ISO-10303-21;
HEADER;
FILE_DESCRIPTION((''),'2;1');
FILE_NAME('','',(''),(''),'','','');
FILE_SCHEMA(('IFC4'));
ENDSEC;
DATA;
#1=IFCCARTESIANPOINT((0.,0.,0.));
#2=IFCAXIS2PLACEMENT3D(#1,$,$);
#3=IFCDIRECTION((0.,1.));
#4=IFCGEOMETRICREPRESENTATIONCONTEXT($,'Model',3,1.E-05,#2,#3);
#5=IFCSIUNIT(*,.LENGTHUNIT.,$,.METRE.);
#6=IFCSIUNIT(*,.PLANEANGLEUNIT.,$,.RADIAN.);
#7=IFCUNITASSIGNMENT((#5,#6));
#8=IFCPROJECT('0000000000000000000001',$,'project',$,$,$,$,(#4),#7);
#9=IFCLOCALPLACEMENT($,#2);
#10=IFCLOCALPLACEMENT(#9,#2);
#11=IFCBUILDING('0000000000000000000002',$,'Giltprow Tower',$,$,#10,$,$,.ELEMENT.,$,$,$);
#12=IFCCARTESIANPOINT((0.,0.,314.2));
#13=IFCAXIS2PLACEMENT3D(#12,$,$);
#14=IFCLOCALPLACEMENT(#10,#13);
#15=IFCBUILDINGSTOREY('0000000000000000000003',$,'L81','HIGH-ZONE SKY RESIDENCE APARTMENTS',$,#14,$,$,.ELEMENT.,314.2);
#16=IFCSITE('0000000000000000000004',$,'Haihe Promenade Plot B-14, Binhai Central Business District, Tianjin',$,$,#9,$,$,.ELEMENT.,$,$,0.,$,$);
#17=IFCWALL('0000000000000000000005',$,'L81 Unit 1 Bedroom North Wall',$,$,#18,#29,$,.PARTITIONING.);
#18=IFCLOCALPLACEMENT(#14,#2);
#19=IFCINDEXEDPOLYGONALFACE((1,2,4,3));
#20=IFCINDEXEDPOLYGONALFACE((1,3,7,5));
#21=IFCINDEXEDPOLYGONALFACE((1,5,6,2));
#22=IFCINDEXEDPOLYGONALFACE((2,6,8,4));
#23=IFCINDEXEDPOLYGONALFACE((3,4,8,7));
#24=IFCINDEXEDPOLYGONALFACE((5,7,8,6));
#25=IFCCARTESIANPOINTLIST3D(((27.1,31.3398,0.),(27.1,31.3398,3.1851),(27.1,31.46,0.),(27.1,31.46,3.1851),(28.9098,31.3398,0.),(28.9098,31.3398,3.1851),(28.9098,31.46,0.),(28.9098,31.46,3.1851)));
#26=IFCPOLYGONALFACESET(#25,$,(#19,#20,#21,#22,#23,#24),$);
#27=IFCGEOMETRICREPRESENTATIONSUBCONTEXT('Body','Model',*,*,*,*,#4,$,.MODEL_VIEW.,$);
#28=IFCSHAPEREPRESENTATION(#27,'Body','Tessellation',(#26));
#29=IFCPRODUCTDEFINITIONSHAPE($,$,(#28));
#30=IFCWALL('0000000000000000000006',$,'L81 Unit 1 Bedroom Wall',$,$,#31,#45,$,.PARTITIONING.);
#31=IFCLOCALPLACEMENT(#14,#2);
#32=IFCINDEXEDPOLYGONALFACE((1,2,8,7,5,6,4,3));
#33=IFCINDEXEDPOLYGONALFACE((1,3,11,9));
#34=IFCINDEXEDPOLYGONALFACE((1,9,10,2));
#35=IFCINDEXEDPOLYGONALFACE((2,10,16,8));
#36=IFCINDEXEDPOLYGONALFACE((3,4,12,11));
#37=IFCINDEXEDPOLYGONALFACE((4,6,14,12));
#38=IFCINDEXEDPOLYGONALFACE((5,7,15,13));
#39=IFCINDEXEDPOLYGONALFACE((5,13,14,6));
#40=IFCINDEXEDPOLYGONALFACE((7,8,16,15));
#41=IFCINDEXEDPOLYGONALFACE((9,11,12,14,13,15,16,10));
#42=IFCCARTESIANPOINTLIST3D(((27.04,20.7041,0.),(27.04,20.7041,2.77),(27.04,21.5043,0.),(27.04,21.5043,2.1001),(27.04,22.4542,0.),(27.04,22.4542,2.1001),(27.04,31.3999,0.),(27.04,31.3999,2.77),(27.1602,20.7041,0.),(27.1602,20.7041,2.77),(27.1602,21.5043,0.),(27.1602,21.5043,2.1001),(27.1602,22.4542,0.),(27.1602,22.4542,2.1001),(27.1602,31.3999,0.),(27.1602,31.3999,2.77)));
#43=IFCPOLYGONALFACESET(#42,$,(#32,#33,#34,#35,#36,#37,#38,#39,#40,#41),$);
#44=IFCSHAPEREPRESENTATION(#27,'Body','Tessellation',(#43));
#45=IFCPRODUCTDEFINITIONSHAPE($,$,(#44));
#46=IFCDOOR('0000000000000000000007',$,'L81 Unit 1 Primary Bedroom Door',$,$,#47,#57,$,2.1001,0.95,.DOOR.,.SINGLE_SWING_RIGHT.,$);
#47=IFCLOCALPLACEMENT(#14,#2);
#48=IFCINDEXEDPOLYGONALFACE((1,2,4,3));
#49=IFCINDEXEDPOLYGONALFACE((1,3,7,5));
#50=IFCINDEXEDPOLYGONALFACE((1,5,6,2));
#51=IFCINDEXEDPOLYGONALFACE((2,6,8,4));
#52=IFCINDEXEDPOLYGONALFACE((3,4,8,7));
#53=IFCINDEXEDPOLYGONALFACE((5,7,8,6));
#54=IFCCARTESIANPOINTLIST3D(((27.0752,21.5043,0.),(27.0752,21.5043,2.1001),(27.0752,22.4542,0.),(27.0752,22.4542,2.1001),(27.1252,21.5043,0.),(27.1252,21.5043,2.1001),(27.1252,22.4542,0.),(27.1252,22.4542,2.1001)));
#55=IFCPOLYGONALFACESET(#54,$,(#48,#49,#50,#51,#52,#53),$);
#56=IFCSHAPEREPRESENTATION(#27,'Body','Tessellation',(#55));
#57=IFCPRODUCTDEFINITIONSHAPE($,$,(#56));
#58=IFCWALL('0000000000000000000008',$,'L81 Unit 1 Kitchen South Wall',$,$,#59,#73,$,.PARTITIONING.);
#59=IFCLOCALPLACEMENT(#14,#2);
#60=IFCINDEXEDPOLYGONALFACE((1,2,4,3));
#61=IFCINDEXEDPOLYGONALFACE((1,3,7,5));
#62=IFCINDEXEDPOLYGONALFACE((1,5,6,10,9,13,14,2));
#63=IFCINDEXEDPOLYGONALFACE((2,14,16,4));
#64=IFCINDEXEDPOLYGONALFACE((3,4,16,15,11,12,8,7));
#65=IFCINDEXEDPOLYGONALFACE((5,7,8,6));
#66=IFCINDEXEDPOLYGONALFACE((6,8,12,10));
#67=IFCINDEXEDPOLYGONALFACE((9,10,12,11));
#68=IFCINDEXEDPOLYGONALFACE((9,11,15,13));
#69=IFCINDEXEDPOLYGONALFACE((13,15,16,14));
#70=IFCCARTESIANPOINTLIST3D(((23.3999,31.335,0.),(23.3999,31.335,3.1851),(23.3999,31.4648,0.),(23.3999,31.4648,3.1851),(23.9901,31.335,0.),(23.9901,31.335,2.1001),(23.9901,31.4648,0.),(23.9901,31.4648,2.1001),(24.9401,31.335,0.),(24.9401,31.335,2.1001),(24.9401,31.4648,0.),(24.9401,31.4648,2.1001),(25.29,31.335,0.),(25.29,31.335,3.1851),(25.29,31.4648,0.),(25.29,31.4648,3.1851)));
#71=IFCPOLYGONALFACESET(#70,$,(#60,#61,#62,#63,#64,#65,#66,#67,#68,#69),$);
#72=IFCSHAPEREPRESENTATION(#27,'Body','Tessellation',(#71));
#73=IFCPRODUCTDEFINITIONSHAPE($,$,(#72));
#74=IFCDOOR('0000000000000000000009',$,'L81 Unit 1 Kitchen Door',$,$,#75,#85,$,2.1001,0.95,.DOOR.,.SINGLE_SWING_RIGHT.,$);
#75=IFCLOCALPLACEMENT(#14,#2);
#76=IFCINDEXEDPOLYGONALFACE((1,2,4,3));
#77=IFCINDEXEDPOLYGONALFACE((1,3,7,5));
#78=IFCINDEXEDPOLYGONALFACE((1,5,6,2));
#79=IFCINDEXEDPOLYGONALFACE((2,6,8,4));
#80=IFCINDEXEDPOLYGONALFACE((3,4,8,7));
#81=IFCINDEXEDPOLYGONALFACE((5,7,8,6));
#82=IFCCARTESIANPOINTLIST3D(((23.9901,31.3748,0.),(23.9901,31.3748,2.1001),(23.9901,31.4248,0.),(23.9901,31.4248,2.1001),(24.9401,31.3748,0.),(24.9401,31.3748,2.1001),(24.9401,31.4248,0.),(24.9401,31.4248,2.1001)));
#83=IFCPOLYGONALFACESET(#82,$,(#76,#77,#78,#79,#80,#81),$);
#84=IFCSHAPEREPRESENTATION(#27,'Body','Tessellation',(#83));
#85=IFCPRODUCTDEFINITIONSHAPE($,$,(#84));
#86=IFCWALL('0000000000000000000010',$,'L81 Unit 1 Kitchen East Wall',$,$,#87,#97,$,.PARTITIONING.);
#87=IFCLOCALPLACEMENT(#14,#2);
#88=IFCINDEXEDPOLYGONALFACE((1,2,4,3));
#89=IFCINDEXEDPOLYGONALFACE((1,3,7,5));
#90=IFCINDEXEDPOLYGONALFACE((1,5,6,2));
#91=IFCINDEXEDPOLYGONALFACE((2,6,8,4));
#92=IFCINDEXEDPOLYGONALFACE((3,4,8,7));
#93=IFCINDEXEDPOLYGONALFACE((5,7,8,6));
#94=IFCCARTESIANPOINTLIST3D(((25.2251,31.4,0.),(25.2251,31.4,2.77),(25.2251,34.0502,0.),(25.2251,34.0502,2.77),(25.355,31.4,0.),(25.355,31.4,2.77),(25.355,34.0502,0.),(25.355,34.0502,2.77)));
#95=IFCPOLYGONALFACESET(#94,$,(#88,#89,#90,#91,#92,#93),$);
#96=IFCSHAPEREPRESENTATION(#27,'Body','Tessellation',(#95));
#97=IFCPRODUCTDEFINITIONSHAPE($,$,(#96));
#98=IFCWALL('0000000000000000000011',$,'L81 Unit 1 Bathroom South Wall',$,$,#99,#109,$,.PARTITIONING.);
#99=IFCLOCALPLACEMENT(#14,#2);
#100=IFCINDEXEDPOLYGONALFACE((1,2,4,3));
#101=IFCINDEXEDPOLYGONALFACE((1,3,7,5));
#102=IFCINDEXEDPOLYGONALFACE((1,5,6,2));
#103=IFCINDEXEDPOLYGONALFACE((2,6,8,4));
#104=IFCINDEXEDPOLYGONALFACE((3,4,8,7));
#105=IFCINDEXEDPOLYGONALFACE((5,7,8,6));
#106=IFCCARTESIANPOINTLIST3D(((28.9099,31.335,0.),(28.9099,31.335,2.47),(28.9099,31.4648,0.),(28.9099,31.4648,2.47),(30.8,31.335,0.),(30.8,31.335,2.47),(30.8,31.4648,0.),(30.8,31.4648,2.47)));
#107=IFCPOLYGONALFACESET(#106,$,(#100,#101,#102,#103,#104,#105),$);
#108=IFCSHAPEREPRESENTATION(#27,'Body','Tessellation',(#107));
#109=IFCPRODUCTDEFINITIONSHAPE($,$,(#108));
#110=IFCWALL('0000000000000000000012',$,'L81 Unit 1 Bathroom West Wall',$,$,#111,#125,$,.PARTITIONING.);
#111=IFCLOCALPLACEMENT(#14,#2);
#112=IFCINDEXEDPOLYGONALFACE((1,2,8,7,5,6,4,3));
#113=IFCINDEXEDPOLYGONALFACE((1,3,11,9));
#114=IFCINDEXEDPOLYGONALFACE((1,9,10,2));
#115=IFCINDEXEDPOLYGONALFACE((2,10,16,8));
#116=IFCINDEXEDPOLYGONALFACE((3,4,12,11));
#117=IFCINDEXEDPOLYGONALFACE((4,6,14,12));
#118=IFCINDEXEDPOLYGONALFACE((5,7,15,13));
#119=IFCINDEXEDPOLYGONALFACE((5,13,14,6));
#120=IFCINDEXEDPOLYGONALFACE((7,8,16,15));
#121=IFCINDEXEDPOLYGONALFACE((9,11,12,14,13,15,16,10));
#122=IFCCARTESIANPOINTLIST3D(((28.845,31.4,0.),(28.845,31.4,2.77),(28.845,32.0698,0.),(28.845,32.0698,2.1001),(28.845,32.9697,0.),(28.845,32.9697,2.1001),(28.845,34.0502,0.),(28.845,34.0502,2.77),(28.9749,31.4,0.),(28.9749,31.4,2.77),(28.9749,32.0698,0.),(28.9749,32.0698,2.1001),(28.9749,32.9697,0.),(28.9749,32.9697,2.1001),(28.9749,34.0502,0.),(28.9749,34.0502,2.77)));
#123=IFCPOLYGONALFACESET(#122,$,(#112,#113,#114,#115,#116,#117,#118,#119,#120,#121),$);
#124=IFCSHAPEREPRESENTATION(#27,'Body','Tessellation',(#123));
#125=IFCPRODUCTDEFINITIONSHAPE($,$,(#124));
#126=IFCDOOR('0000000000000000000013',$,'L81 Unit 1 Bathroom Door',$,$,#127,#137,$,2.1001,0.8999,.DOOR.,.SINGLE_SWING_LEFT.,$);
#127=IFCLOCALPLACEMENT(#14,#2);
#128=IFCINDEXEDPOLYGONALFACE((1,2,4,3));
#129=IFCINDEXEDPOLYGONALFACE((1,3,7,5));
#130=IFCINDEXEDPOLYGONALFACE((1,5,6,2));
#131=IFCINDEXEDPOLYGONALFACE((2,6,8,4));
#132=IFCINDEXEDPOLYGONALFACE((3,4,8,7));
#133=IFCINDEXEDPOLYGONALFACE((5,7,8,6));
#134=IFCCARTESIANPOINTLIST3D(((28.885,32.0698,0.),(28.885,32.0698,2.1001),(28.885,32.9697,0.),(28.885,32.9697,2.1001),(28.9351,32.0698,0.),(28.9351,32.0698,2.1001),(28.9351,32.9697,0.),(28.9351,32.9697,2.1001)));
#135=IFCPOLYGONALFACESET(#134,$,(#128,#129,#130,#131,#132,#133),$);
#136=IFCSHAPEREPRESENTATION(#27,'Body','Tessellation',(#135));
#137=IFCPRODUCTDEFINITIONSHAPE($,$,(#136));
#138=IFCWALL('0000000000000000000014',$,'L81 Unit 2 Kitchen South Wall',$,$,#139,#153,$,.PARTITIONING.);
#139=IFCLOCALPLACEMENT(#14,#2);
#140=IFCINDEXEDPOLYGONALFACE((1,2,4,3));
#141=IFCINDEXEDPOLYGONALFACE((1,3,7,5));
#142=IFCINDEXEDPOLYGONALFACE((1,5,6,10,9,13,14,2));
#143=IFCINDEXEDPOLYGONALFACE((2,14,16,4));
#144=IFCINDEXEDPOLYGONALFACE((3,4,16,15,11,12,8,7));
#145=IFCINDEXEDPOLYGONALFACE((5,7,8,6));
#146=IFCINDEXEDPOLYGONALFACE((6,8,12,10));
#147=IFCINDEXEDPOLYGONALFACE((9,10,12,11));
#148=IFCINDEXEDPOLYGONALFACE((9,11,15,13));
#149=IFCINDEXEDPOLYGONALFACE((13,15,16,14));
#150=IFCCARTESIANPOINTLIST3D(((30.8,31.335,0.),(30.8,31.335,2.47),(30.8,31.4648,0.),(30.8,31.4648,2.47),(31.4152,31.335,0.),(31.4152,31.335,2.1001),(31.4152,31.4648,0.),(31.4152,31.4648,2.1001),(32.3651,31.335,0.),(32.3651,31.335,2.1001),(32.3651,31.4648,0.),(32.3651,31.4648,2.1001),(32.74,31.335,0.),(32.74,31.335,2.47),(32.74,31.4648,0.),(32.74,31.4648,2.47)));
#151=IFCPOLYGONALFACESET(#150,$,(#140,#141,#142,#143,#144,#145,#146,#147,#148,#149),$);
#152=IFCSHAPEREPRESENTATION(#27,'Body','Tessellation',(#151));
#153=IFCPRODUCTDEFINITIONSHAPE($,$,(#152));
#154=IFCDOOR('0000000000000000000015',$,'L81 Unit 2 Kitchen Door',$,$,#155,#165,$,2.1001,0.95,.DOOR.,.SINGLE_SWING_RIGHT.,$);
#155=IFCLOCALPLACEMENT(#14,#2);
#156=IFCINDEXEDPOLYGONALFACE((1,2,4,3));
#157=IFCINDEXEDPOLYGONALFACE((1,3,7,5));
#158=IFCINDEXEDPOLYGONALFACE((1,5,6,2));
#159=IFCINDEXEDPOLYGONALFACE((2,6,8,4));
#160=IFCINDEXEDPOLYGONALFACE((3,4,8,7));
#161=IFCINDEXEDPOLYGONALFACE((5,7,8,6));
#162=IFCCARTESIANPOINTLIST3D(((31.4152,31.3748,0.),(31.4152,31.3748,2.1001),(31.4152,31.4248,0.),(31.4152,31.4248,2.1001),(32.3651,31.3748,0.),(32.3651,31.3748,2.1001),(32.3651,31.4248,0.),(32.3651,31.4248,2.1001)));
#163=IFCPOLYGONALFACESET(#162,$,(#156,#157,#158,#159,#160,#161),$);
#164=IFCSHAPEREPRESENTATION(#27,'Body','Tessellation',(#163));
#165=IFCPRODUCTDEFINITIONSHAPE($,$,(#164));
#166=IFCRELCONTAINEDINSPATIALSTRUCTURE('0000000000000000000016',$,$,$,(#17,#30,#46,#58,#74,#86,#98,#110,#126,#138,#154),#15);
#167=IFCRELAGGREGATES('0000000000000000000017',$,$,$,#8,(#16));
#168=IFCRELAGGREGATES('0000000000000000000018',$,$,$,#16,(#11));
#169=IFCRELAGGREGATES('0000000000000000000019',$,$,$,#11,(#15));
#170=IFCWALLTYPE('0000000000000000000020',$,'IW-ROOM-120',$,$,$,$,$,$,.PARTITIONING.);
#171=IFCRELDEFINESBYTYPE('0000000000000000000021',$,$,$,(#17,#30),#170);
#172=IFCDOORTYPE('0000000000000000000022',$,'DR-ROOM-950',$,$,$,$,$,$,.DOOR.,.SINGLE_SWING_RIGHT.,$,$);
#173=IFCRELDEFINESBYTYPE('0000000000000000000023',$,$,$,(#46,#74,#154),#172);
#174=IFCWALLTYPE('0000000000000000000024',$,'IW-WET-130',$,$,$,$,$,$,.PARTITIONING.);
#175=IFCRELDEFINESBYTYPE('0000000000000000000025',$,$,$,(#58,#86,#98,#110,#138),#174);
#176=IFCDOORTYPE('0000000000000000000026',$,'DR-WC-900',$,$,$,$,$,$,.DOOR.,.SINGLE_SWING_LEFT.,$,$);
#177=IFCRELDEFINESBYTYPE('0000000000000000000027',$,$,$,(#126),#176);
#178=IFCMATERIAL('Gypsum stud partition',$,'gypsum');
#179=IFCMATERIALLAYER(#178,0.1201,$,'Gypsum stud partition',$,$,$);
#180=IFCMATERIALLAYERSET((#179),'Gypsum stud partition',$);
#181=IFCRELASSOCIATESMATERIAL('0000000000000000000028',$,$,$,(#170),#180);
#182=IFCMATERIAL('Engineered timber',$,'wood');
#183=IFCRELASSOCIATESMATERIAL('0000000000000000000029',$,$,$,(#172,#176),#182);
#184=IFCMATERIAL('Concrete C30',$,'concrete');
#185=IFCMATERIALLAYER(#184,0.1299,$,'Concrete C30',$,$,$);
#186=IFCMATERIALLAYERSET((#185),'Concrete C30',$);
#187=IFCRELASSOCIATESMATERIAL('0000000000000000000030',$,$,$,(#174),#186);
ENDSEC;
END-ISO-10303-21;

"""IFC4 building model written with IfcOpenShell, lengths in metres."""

from ifc_helpers import new_model, si_unit, direction, frame, frame_2d, origin, place, context, subcontext, project, spatial, rectangle, extrude, source, transform, mapped, material, layer, layer_set, type_object, element, fill, save


model = new_model("IFC4")

# Units and contexts
model_context = context("Model", 3, precision=1e-05, world=origin(), true_north=direction((0.0, 1.0)))
body_context = subcontext(model_context, "Body", "Model", "MODEL_VIEW")
ifc_project = project(units=[si_unit("LENGTHUNIT", "METRE"), si_unit("PLANEANGLEUNIT", "RADIAN")], contexts=[model_context])

# Site, building, storey
site_placement = place(None, origin())
site = spatial("IfcSite", under=ifc_project, at=site_placement, Name="Haihe Promenade Plot B-14, Binhai Central Business District, Tianjin", CompositionType="ELEMENT", RefElevation=0.0)
building_placement = place(site_placement, origin())
building = spatial("IfcBuilding", under=site, at=building_placement, Name="Giltprow Tower", CompositionType="ELEMENT")
storey_placement = place(building_placement, frame((0.0, 0.0, 314.2)))
storey = spatial("IfcBuildingStorey", under=building, at=storey_placement, Name="L81", Description="HIGH-ZONE SKY RESIDENCE APARTMENTS", CompositionType="ELEMENT", Elevation=314.2)

# Wall
ifc_material_1 = material(Name="Gypsum stud partition", Category="gypsum")
ifc_layer_1 = layer(ifc_material_1, 0.1201, Name="Gypsum stud partition")
ifc_layer_set_1 = layer_set([ifc_layer_1], Name="Gypsum stud partition")
wall_type_1 = type_object("IfcWallType", Name="IW-ROOM-120", PredefinedType="PARTITIONING", material=ifc_layer_set_1)
wall_1_placement = place(storey_placement, frame((27.1001, 31.3999, 0.0), z_axis=(0.0, 0.0, 1.0), x_axis=(1.0, 0.0, 0.0)))
element("IfcWall", 1, at=wall_1_placement, inside=storey, type_object=wall_type_1, Name="L81 Unit 1 Bedroom North Wall", PredefinedType="PARTITIONING", context=body_context, shape_type="SweptSolid", body=[
    extrude(rectangle(XDim=1.8098, YDim=0.1201, at=frame_2d((0.9048, 0.0))), origin(), (0.0, 0.0, 1.0), 3.1851),
])

# Walls, openings, doors
wall_2_placement = place(storey_placement, frame((27.1001, 20.7041, 0.0), z_axis=(0.0, 0.0, 1.0), x_axis=(0.0, 1.0, 0.0)))
wall_2 = element("IfcWall", 2, at=wall_2_placement, inside=storey, type_object=wall_type_1, Name="L81 Unit 1 Bedroom Wall", PredefinedType="PARTITIONING", context=body_context, shape_type="SweptSolid", body=[
    extrude(rectangle(XDim=10.6958, YDim=0.1201, at=frame_2d((5.3479, 0.0))), origin(), (0.0, 0.0, 1.0), 2.77),
])
opening_1_placement = place(wall_2_placement, frame((0.8, 0.0, 0.0)))
opening_1 = element("IfcOpeningElement", 3, at=opening_1_placement, cuts=wall_2, PredefinedType="OPENING", context=body_context, shape_type="SweptSolid", body=[
    extrude(rectangle(XDim=0.95, YDim=2.1001, at=frame_2d((0.4751, 1.05))), frame((0.0, 0.0701, 0.0), z_axis=(0.0, -1.0, 0.0), x_axis=(1.0, 0.0, 0.0)), (0.0, 0.0, 1.0), 0.1401),
])
ifc_material_2 = material(Name="Engineered timber", Category="wood")
door_type_1 = type_object("IfcDoorType", Name="DR-ROOM-950", OperationType="SINGLE_SWING_RIGHT", PredefinedType="DOOR", material=ifc_material_2)
shared_shape_1 = source(origin(), body_context, "Body", "SweptSolid", [
    extrude(rectangle(XDim=0.95, YDim=2.1001, at=frame_2d((0.4751, 1.05))), frame((0.0, 0.0249, 0.0), z_axis=(0.0, -1.0, 0.0), x_axis=(1.0, 0.0, 0.0)), (0.0, 0.0, 1.0), 0.05),
])
door_1_placement = place(opening_1_placement, origin())
door_1 = element("IfcDoor", 4, at=door_1_placement, inside=storey, type_object=door_type_1, Name="L81 Unit 1 Primary Bedroom Door", OperationType="SINGLE_SWING_RIGHT", OverallHeight=2.1001, OverallWidth=0.95, PredefinedType="DOOR", context=body_context, shape_type="MappedRepresentation", body=[
    mapped(shared_shape_1, transform((0.0, 0.0, 0.0), x_axis=(1.0, 0.0, 0.0), y_axis=(0.0, 1.0, 0.0), z_axis=(0.0, 0.0, 1.0), scale=1.0)),
])
fill(opening_1, door_1)
ifc_material_3 = material(Name="Concrete C30", Category="concrete")
ifc_layer_2 = layer(ifc_material_3, 0.1299, Name="Concrete C30")
ifc_layer_set_2 = layer_set([ifc_layer_2], Name="Concrete C30")
wall_type_2 = type_object("IfcWallType", Name="IW-WET-130", PredefinedType="PARTITIONING", material=ifc_layer_set_2)
wall_3_placement = place(storey_placement, frame((23.3999, 31.3999, 0.0), z_axis=(0.0, 0.0, 1.0), x_axis=(1.0, 0.0, 0.0)))
wall_3 = element("IfcWall", 5, at=wall_3_placement, inside=storey, type_object=wall_type_2, Name="L81 Unit 1 Kitchen South Wall", PredefinedType="PARTITIONING", context=body_context, shape_type="SweptSolid", body=[
    extrude(rectangle(XDim=1.8901, YDim=0.1299, at=frame_2d((0.9451, 0.0))), origin(), (0.0, 0.0, 1.0), 3.1851),
])
opening_2_placement = place(wall_3_placement, frame((0.5901, 0.0, 0.0)))
opening_2 = element("IfcOpeningElement", 6, at=opening_2_placement, cuts=wall_3, PredefinedType="OPENING", context=body_context, shape_type="SweptSolid", body=[
    extrude(rectangle(XDim=0.95, YDim=2.1001, at=frame_2d((0.4751, 1.05))), frame((0.0, 0.075, 0.0), z_axis=(0.0, -1.0, 0.0), x_axis=(1.0, 0.0, 0.0)), (0.0, 0.0, 1.0), 0.1499),
])
door_2_placement = place(opening_2_placement, origin())
door_2 = element("IfcDoor", 7, at=door_2_placement, inside=storey, type_object=door_type_1, Name="L81 Unit 1 Kitchen Door", OperationType="SINGLE_SWING_RIGHT", OverallHeight=2.1001, OverallWidth=0.95, PredefinedType="DOOR", context=body_context, shape_type="MappedRepresentation", body=[
    mapped(shared_shape_1, transform((0.0, 0.0, 0.0), x_axis=(1.0, 0.0, 0.0), y_axis=(0.0, 1.0, 0.0), z_axis=(0.0, 0.0, 1.0), scale=1.0)),
])
fill(opening_2, door_2)

# Walls
wall_4_placement = place(storey_placement, frame((25.29, 31.3999, 0.0), z_axis=(0.0, 0.0, 1.0), x_axis=(0.0, 1.0, 0.0)))
element("IfcWall", 8, at=wall_4_placement, inside=storey, type_object=wall_type_2, Name="L81 Unit 1 Kitchen East Wall", PredefinedType="PARTITIONING", context=body_context, shape_type="SweptSolid", body=[
    extrude(rectangle(XDim=2.6501, YDim=0.1299, at=frame_2d((1.3252, 0.0))), origin(), (0.0, 0.0, 1.0), 2.77),
])
wall_5_placement = place(storey_placement, frame((28.9099, 31.3999, 0.0), z_axis=(0.0, 0.0, 1.0), x_axis=(1.0, 0.0, 0.0)))
element("IfcWall", 9, at=wall_5_placement, inside=storey, type_object=wall_type_2, Name="L81 Unit 1 Bathroom South Wall", PredefinedType="PARTITIONING", context=body_context, shape_type="SweptSolid", body=[
    extrude(rectangle(XDim=1.8901, YDim=0.1299, at=frame_2d((0.9451, 0.0))), origin(), (0.0, 0.0, 1.0), 2.47),
])

# Walls, openings, doors
wall_6_placement = place(storey_placement, frame((28.9099, 31.3999, 0.0), z_axis=(0.0, 0.0, 1.0), x_axis=(0.0, 1.0, 0.0)))
wall_6 = element("IfcWall", 10, at=wall_6_placement, inside=storey, type_object=wall_type_2, Name="L81 Unit 1 Bathroom West Wall", PredefinedType="PARTITIONING", context=body_context, shape_type="SweptSolid", body=[
    extrude(rectangle(XDim=2.6501, YDim=0.1299, at=frame_2d((1.3252, 0.0))), origin(), (0.0, 0.0, 1.0), 2.77),
])
opening_3_placement = place(wall_6_placement, frame((0.6699, 0.0, 0.0)))
opening_3 = element("IfcOpeningElement", 11, at=opening_3_placement, cuts=wall_6, PredefinedType="OPENING", context=body_context, shape_type="SweptSolid", body=[
    extrude(rectangle(XDim=0.8999, YDim=2.1001, at=frame_2d((0.45, 1.05))), frame((0.0, 0.075, 0.0), z_axis=(0.0, -1.0, 0.0), x_axis=(1.0, 0.0, 0.0)), (0.0, 0.0, 1.0), 0.1499),
])
door_type_2 = type_object("IfcDoorType", Name="DR-WC-900", OperationType="SINGLE_SWING_LEFT", PredefinedType="DOOR", material=ifc_material_2)
shared_shape_2 = source(origin(), body_context, "Body", "SweptSolid", [
    extrude(rectangle(XDim=0.8999, YDim=2.1001, at=frame_2d((0.45, 1.05))), frame((0.0, 0.0249, 0.0), z_axis=(0.0, -1.0, 0.0), x_axis=(1.0, 0.0, 0.0)), (0.0, 0.0, 1.0), 0.05),
])
door_3_placement = place(opening_3_placement, origin())
door_3 = element("IfcDoor", 12, at=door_3_placement, inside=storey, type_object=door_type_2, Name="L81 Unit 1 Bathroom Door", OperationType="SINGLE_SWING_LEFT", OverallHeight=2.1001, OverallWidth=0.8999, PredefinedType="DOOR", context=body_context, shape_type="MappedRepresentation", body=[
    mapped(shared_shape_2, transform((0.0, 0.0, 0.0), x_axis=(1.0, 0.0, 0.0), y_axis=(0.0, 1.0, 0.0), z_axis=(0.0, 0.0, 1.0), scale=1.0)),
])
fill(opening_3, door_3)
wall_7_placement = place(storey_placement, frame((30.8, 31.3999, 0.0), z_axis=(0.0, 0.0, 1.0), x_axis=(1.0, 0.0, 0.0)))
wall_7 = element("IfcWall", 13, at=wall_7_placement, inside=storey, type_object=wall_type_2, Name="L81 Unit 2 Kitchen South Wall", PredefinedType="PARTITIONING", context=body_context, shape_type="SweptSolid", body=[
    extrude(rectangle(XDim=1.9399, YDim=0.1299, at=frame_2d((0.97, 0.0))), origin(), (0.0, 0.0, 1.0), 2.47),
])
opening_4_placement = place(wall_7_placement, frame((0.615, 0.0, 0.0)))
opening_4 = element("IfcOpeningElement", 14, at=opening_4_placement, cuts=wall_7, PredefinedType="OPENING", context=body_context, shape_type="SweptSolid", body=[
    extrude(rectangle(XDim=0.95, YDim=2.1001, at=frame_2d((0.4751, 1.05))), frame((0.0, 0.075, 0.0), z_axis=(0.0, -1.0, 0.0), x_axis=(1.0, 0.0, 0.0)), (0.0, 0.0, 1.0), 0.1499),
])
door_4_placement = place(opening_4_placement, origin())
door_4 = element("IfcDoor", 15, at=door_4_placement, inside=storey, type_object=door_type_1, Name="L81 Unit 2 Kitchen Door", OperationType="SINGLE_SWING_RIGHT", OverallHeight=2.1001, OverallWidth=0.95, PredefinedType="DOOR", context=body_context, shape_type="MappedRepresentation", body=[
    mapped(shared_shape_1, transform((0.0, 0.0, 0.0), x_axis=(1.0, 0.0, 0.0), y_axis=(0.0, 1.0, 0.0), z_axis=(0.0, 0.0, 1.0), scale=1.0)),
])
fill(opening_4, door_4)

save(model, "model.ifc")
